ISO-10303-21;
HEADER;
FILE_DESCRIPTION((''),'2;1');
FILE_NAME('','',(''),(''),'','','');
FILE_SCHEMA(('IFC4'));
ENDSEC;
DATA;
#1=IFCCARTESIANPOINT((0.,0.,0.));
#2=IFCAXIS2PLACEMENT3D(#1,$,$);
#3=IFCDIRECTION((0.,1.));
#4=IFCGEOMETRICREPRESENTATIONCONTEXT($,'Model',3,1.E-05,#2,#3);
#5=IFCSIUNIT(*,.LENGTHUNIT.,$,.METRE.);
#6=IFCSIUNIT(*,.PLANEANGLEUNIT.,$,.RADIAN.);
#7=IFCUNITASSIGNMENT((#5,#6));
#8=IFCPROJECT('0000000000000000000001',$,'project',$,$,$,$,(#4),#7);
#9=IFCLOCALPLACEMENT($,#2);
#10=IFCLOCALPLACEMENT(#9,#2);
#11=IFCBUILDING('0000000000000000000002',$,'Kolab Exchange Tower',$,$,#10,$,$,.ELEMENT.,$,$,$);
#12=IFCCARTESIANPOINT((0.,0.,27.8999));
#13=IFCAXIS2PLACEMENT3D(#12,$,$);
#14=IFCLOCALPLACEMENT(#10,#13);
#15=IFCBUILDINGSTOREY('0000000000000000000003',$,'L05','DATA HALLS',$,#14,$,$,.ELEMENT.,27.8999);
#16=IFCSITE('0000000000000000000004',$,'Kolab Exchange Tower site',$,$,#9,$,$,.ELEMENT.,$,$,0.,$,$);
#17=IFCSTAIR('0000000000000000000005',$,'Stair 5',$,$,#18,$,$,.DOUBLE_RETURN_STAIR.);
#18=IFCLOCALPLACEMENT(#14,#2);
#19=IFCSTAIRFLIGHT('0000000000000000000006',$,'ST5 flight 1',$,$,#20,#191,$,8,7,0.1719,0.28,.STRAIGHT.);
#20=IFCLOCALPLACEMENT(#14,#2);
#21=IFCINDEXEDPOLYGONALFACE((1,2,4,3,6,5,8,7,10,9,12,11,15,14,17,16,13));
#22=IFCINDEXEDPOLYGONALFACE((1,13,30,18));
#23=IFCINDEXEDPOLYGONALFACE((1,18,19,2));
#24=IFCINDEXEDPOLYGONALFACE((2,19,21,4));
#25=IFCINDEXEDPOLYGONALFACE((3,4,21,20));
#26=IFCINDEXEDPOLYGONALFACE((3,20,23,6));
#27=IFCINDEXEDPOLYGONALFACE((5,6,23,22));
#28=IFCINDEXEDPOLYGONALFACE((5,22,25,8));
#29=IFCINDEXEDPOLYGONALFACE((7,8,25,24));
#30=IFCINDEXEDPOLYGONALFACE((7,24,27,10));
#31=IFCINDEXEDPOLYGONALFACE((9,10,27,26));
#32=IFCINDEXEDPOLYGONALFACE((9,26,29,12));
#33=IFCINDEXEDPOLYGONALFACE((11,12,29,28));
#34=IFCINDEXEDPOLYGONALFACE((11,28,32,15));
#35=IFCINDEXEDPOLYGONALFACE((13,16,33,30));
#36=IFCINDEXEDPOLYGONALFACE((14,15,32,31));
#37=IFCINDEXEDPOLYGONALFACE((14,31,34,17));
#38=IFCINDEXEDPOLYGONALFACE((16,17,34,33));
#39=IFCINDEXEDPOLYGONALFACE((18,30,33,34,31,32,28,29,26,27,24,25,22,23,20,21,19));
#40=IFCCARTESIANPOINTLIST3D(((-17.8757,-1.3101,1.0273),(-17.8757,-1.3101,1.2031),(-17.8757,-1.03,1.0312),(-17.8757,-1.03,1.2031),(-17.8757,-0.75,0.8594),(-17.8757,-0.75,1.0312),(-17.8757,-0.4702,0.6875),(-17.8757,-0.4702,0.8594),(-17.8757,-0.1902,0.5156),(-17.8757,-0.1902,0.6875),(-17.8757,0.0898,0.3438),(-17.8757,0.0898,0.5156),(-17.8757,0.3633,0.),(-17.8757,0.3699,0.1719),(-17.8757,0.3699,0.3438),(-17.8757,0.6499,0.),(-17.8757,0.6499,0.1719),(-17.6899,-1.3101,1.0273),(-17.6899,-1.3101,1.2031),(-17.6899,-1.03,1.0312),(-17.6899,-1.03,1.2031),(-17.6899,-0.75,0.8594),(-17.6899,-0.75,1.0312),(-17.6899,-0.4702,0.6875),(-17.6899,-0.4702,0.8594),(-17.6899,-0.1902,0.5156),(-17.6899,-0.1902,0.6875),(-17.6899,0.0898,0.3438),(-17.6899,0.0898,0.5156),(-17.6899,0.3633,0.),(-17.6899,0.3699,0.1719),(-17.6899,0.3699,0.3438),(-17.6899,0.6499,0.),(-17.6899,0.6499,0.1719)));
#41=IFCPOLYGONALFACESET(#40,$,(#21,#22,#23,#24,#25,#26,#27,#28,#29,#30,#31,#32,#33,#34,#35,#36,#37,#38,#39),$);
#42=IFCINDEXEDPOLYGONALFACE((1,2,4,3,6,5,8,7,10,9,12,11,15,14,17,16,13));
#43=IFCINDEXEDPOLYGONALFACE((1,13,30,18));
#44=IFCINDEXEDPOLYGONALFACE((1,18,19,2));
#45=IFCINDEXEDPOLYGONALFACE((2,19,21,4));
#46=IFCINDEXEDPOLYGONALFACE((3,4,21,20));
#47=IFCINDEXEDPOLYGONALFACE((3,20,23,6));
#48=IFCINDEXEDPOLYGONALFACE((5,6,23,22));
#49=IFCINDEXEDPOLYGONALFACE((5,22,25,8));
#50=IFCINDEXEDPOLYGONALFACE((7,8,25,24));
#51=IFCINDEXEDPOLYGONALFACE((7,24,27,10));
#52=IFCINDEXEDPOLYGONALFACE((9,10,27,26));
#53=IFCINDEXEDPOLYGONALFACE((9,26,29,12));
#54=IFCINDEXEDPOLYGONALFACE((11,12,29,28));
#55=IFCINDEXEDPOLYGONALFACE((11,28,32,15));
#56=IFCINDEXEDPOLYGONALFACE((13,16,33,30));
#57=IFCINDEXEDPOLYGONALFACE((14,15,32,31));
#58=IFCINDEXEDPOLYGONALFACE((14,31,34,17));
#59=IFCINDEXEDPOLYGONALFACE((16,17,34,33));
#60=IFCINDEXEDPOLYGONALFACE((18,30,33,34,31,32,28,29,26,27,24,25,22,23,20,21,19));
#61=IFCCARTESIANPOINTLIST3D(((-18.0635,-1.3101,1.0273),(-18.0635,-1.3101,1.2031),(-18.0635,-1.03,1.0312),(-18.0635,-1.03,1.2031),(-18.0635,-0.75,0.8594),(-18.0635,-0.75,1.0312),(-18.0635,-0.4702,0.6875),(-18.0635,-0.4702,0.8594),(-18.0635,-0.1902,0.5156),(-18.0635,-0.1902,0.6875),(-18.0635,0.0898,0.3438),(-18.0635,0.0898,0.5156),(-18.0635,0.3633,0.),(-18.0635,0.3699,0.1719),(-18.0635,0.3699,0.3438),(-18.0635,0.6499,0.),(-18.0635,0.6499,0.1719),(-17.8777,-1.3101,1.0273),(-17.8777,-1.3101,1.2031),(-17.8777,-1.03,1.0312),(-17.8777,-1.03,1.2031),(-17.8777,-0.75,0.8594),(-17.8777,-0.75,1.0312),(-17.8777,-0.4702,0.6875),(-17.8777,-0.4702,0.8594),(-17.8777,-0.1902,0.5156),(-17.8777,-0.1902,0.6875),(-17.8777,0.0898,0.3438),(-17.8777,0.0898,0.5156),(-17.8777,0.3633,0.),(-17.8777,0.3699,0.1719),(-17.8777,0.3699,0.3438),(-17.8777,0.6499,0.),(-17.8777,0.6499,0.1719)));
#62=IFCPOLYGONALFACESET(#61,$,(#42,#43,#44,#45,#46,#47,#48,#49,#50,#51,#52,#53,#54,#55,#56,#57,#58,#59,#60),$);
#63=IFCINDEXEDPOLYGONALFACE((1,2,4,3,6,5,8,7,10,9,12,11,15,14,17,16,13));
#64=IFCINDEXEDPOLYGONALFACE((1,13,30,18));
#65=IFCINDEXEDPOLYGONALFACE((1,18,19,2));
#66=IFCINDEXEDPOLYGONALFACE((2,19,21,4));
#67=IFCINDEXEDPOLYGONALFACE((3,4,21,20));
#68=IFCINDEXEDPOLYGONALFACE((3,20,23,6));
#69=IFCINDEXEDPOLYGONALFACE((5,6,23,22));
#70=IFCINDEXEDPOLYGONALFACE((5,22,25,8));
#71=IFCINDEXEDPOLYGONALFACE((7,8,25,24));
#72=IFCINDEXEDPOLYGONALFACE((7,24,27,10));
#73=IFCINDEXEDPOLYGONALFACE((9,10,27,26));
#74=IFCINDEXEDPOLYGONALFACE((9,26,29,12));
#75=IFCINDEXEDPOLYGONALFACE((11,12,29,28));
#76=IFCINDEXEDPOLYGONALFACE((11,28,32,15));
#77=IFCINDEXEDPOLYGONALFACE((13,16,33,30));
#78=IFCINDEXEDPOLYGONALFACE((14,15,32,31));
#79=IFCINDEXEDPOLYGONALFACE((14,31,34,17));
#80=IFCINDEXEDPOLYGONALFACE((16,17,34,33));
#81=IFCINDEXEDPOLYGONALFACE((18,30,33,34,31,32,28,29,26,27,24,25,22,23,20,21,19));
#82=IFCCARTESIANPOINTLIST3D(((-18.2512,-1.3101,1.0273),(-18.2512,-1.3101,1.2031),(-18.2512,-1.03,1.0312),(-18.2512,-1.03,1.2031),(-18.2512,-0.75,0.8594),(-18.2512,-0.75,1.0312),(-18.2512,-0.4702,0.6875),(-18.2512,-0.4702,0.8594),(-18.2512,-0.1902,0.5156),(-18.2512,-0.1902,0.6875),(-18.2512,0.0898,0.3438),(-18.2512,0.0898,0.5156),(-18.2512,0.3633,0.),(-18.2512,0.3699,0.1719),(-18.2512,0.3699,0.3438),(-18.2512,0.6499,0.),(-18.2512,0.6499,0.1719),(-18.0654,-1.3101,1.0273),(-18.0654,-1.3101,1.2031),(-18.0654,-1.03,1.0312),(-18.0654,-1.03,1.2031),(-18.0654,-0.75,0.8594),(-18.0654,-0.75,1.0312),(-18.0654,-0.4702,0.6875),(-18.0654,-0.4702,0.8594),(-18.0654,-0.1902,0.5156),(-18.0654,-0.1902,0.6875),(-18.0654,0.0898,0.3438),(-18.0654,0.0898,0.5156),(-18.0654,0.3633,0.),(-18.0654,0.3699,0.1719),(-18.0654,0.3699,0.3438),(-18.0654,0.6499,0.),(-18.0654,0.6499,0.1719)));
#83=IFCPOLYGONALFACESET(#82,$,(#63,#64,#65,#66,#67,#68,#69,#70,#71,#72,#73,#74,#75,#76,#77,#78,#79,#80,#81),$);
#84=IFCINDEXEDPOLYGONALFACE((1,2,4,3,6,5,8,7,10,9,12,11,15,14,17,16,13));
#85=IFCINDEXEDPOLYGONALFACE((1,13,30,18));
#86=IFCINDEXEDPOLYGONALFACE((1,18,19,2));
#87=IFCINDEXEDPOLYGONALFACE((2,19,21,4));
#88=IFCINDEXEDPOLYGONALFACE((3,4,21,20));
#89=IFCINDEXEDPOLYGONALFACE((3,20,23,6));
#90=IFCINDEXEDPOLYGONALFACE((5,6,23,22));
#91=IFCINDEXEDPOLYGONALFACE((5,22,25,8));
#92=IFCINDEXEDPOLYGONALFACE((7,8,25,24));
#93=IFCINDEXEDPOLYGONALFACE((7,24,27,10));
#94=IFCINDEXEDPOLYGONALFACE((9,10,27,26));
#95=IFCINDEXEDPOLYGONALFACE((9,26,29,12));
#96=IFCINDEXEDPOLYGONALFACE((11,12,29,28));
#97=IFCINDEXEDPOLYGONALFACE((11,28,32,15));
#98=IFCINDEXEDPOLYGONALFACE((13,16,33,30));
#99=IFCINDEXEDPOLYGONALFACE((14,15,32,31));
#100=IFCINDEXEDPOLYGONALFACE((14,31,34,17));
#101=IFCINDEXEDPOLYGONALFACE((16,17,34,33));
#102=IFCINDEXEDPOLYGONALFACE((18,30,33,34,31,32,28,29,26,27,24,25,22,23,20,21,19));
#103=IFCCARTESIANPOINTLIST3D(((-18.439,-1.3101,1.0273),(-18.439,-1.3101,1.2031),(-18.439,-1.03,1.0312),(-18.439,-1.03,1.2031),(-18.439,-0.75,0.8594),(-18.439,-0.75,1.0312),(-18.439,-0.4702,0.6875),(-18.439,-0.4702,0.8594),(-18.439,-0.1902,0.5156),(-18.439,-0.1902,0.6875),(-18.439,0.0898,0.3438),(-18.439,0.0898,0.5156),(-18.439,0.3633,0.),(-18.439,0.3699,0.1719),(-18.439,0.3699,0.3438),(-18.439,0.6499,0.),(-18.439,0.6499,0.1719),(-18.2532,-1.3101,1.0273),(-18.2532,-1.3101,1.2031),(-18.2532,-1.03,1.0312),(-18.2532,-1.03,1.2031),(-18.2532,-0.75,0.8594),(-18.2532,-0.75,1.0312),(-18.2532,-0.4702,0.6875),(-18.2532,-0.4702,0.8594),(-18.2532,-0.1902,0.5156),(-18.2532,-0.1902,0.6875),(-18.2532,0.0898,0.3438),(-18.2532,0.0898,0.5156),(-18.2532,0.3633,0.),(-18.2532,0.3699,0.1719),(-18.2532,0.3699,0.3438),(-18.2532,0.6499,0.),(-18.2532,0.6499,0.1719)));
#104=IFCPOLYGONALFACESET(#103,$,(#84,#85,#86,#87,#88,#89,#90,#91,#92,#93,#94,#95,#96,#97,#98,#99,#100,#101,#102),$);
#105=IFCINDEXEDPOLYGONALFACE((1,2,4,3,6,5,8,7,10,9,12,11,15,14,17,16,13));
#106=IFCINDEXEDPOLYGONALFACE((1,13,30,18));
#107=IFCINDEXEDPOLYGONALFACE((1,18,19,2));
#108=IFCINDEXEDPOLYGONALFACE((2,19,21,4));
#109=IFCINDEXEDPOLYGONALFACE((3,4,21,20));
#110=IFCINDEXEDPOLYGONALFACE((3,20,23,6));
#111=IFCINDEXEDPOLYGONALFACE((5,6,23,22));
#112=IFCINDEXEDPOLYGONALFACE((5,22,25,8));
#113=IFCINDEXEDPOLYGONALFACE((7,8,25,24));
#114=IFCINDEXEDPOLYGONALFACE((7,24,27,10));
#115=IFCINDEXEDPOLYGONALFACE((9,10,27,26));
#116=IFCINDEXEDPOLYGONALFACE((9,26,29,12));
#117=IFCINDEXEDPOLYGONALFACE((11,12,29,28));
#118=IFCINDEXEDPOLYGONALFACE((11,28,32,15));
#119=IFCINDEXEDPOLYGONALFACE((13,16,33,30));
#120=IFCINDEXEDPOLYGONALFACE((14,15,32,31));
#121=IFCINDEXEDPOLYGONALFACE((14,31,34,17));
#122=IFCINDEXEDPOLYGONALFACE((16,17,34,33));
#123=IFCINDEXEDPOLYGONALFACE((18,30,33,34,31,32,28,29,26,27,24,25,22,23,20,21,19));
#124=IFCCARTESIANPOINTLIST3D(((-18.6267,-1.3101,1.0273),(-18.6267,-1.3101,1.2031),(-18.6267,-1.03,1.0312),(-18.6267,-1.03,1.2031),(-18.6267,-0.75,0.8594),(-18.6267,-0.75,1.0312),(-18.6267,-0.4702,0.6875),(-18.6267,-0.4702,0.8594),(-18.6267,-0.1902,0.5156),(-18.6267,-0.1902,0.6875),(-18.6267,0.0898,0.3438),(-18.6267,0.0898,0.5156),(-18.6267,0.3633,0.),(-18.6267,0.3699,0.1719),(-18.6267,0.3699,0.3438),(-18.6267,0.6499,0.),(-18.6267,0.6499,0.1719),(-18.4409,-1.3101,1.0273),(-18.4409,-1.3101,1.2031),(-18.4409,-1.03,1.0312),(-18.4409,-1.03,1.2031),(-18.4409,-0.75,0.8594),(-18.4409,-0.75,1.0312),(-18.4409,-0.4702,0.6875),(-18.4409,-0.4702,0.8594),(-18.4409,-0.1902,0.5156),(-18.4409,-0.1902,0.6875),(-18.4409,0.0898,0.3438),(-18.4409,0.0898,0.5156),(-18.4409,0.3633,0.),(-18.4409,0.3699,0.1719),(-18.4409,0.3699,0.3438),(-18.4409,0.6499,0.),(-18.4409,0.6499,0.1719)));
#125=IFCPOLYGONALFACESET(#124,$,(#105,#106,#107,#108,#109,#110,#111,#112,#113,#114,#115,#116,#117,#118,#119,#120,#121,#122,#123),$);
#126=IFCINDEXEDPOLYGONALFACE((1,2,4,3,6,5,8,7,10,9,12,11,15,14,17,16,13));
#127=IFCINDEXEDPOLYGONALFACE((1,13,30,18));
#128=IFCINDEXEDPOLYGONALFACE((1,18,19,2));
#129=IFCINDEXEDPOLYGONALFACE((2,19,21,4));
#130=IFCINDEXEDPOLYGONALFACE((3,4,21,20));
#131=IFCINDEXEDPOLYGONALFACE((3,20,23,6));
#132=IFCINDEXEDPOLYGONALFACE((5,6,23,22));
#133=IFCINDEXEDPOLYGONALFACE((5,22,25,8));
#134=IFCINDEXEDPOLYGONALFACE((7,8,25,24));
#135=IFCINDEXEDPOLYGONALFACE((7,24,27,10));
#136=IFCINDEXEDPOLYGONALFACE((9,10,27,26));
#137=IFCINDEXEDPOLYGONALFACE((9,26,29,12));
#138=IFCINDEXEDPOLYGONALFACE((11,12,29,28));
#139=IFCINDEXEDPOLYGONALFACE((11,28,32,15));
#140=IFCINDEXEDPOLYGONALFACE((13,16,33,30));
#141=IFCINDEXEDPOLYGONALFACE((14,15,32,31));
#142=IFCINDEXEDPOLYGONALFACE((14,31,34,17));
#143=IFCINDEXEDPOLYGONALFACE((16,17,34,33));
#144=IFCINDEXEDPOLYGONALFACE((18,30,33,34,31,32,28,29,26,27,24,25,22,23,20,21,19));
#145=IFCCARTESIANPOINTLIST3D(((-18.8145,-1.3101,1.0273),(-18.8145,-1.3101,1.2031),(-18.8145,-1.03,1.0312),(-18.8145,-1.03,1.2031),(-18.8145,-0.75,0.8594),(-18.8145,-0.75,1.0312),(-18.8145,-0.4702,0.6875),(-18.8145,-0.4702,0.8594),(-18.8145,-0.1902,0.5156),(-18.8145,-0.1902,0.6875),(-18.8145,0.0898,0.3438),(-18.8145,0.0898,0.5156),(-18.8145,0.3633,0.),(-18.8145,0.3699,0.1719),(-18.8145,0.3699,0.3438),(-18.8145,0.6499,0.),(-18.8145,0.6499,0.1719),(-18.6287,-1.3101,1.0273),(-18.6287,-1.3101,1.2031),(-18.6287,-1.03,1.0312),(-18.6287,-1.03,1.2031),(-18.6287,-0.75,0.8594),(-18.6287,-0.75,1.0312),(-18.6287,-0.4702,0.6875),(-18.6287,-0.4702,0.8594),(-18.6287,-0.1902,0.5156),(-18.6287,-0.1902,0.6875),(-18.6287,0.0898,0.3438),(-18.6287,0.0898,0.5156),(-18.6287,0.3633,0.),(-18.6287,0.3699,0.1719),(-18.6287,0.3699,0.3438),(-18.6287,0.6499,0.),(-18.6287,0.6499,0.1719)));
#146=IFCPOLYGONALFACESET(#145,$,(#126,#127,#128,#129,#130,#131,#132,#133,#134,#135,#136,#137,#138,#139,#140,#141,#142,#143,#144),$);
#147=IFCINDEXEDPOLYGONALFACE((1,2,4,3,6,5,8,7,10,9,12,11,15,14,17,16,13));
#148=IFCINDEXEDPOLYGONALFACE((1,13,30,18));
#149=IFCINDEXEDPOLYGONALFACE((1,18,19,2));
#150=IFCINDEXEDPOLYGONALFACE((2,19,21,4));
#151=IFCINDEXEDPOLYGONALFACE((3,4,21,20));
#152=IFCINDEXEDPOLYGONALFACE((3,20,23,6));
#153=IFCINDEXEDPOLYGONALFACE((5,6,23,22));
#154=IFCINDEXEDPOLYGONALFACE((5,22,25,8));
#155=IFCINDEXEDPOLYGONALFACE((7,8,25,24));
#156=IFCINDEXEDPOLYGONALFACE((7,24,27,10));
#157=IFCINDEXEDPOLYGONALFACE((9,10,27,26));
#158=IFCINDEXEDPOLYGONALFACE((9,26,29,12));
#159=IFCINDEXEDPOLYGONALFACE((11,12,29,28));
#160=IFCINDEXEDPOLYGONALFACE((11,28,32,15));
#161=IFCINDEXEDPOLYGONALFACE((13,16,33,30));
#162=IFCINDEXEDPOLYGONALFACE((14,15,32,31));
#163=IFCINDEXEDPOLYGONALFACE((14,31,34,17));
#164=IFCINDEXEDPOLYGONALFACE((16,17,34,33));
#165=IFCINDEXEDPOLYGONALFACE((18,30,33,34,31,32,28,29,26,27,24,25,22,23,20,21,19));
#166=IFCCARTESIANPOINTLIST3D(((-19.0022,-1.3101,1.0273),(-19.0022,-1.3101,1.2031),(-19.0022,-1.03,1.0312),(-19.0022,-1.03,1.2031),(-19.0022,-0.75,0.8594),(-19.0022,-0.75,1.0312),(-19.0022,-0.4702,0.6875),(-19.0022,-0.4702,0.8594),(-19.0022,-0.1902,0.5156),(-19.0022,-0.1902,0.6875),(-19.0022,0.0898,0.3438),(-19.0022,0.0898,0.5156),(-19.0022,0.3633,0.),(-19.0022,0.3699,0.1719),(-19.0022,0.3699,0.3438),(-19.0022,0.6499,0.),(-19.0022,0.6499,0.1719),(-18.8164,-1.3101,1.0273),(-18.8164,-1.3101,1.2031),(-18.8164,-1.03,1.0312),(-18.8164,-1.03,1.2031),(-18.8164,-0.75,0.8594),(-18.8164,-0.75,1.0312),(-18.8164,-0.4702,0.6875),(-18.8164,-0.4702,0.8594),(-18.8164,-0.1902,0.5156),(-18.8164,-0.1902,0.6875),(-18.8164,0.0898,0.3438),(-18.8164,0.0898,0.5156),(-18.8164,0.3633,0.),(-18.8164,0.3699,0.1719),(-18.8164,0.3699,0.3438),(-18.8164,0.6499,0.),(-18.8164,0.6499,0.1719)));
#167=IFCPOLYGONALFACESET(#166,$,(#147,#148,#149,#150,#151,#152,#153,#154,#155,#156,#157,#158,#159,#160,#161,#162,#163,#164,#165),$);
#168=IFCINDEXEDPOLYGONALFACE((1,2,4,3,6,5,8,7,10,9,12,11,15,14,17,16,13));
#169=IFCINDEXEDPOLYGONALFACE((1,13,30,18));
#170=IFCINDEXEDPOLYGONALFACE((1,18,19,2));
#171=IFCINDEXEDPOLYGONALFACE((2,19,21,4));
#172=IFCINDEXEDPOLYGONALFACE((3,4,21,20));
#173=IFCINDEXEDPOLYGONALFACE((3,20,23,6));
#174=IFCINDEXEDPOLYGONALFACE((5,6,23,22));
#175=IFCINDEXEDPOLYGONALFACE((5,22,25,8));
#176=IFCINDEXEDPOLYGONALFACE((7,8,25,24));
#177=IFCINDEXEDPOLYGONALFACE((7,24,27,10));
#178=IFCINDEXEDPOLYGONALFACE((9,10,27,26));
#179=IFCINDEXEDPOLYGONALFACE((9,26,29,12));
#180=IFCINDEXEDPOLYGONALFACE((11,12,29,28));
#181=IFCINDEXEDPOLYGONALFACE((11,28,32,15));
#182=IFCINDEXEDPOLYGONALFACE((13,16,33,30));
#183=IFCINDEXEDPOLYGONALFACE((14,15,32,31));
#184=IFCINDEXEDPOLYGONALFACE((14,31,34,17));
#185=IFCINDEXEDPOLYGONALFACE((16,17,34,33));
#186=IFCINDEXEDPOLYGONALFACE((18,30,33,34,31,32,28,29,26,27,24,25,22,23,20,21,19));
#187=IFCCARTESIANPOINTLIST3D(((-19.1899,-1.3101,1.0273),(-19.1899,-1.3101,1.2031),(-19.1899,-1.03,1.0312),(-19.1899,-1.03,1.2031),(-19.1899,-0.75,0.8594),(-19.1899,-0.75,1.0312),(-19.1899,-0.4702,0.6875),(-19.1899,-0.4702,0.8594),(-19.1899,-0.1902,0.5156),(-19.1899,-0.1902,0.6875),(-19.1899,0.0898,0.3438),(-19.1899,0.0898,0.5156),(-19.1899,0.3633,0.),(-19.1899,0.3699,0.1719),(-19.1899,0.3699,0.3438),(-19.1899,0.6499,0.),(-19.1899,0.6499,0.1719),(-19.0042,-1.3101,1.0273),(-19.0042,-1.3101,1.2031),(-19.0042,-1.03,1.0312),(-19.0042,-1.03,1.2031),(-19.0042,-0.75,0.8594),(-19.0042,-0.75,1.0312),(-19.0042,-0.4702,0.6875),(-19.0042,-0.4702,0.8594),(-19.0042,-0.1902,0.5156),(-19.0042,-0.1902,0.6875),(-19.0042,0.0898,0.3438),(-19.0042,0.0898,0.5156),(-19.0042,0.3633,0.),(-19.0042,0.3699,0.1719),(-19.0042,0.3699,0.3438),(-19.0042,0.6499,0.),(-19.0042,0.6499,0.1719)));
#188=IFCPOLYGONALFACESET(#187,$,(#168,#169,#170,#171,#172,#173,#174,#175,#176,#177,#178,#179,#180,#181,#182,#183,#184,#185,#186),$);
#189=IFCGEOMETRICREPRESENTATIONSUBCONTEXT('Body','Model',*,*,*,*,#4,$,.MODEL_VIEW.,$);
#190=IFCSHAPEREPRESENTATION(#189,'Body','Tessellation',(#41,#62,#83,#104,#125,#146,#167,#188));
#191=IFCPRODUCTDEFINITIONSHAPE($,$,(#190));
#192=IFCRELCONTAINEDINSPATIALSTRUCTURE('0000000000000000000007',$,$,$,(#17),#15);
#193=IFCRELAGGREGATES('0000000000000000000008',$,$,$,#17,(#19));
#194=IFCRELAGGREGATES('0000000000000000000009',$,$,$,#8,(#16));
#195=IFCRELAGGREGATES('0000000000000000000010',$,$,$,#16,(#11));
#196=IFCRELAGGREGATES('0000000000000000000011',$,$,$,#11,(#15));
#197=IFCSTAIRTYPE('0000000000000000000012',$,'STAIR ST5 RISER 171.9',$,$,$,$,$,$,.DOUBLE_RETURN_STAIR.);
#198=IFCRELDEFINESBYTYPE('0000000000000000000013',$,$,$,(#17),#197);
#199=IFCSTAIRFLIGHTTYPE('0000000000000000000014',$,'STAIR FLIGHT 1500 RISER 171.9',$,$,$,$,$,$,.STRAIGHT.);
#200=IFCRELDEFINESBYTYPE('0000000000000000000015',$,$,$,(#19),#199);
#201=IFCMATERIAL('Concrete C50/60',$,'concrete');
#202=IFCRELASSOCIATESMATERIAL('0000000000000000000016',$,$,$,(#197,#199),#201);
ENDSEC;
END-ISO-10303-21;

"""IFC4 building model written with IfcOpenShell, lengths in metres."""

from ifc_helpers import new_model, si_unit, direction, frame, origin, place, context, subcontext, project, spatial, polyline, outline, extrude, material, type_object, element, aggregate, save


model = new_model("IFC4")

# Units and contexts
model_context = context("Model", 3, precision=1e-05, world=origin(), true_north=direction((0.0, 1.0)))
body_context = subcontext(model_context, "Body", "Model", "MODEL_VIEW")
ifc_project = project(units=[si_unit("LENGTHUNIT", "METRE"), si_unit("PLANEANGLEUNIT", "RADIAN")], contexts=[model_context])

# Site, building, storey
site_placement = place(None, origin())
site = spatial("IfcSite", under=ifc_project, at=site_placement, Name="Kolab Exchange Tower site", CompositionType="ELEMENT", RefElevation=0.0)
building_placement = place(site_placement, origin())
building = spatial("IfcBuilding", under=site, at=building_placement, Name="Kolab Exchange Tower", CompositionType="ELEMENT")
storey_placement = place(building_placement, frame((0.0, 0.0, 27.8999)))
storey = spatial("IfcBuildingStorey", under=building, at=storey_placement, Name="L05", Description="DATA HALLS", CompositionType="ELEMENT", Elevation=27.8999)

# Shared definitions
ifc_material_1 = material(Name="Concrete C50/60", Category="concrete")

# Stair, stair flight
stair_type = type_object("IfcStairType", Name="STAIR ST5 RISER 171.9", PredefinedType="DOUBLE_RETURN_STAIR", material=ifc_material_1)
stair_placement = place(storey_placement, origin())
stair = element("IfcStair", 1, at=stair_placement, inside=storey, type_object=stair_type, Name="Stair 5", PredefinedType="DOUBLE_RETURN_STAIR")
stair_flight_type = type_object("IfcStairFlightType", Name="STAIR FLIGHT 1500 RISER 171.9", PredefinedType="STRAIGHT", material=ifc_material_1)
stair_flight_1_placement = place(storey_placement, frame((-18.4399, 0.6499, 0.0), z_axis=(0.0, 0.0, 1.0), x_axis=(0.0, -1.0, 0.0)))
stair_flight_1 = element("IfcStairFlight", 2, at=stair_flight_1_placement, type_object=stair_flight_type, Name="ST5 flight 1", NumberOfRisers=8, NumberOfTreads=7, PredefinedType="STRAIGHT", RiserHeight=0.1719, TreadLength=0.28, context=body_context, shape_type="SweptSolid", body=[
    extrude(outline(polyline([(0.0, 0.0), (0.0, 0.1719), (0.28, 0.1719), (0.28, 0.3438), (0.5601, 0.3438), (0.5601, 0.5156), (0.8401, 0.5156), (0.8401, 0.6875), (1.1201, 0.6875), (1.1201, 0.8594), (1.3999, 0.8594), (1.3999, 1.0312), (1.6799, 1.0312), (1.6799, 1.2031), (1.96, 1.2031), (1.96, 1.375), (1.96, 1.0273), (0.2866, 0.0), (0.0, 0.0)])), frame((0.0, 0.75, 0.0), z_axis=(0.0, -1.0, 0.0), x_axis=(1.0, 0.0, 0.0)), (0.0, 0.0, 1.0), 0.1858),
    extrude(outline(polyline([(0.0, 0.0), (0.0, 0.1719), (0.28, 0.1719), (0.28, 0.3438), (0.5601, 0.3438), (0.5601, 0.5156), (0.8401, 0.5156), (0.8401, 0.6875), (1.1201, 0.6875), (1.1201, 0.8594), (1.3999, 0.8594), (1.3999, 1.0312), (1.6799, 1.0312), (1.6799, 1.2031), (1.96, 1.2031), (1.96, 1.375), (1.96, 1.0273), (0.2866, 0.0), (0.0, 0.0)])), frame((0.0, 0.5623, 0.0), z_axis=(0.0, -1.0, 0.0), x_axis=(1.0, 0.0, 0.0)), (0.0, 0.0, 1.0), 0.1858),
    extrude(outline(polyline([(0.0, 0.0), (0.0, 0.1719), (0.28, 0.1719), (0.28, 0.3438), (0.5601, 0.3438), (0.5601, 0.5156), (0.8401, 0.5156), (0.8401, 0.6875), (1.1201, 0.6875), (1.1201, 0.8594), (1.3999, 0.8594), (1.3999, 1.0312), (1.6799, 1.0312), (1.6799, 1.2031), (1.96, 1.2031), (1.96, 1.375), (1.96, 1.0273), (0.2866, 0.0), (0.0, 0.0)])), frame((0.0, 0.3745, 0.0), z_axis=(0.0, -1.0, 0.0), x_axis=(1.0, 0.0, 0.0)), (0.0, 0.0, 1.0), 0.1858),
    extrude(outline(polyline([(0.0, 0.0), (0.0, 0.1719), (0.28, 0.1719), (0.28, 0.3438), (0.5601, 0.3438), (0.5601, 0.5156), (0.8401, 0.5156), (0.8401, 0.6875), (1.1201, 0.6875), (1.1201, 0.8594), (1.3999, 0.8594), (1.3999, 1.0312), (1.6799, 1.0312), (1.6799, 1.2031), (1.96, 1.2031), (1.96, 1.375), (1.96, 1.0273), (0.2866, 0.0), (0.0, 0.0)])), frame((0.0, 0.1868, 0.0), z_axis=(0.0, -1.0, 0.0), x_axis=(1.0, 0.0, 0.0)), (0.0, 0.0, 1.0), 0.1858),
    extrude(outline(polyline([(0.0, 0.0), (0.0, 0.1719), (0.28, 0.1719), (0.28, 0.3438), (0.5601, 0.3438), (0.5601, 0.5156), (0.8401, 0.5156), (0.8401, 0.6875), (1.1201, 0.6875), (1.1201, 0.8594), (1.3999, 0.8594), (1.3999, 1.0312), (1.6799, 1.0312), (1.6799, 1.2031), (1.96, 1.2031), (1.96, 1.375), (1.96, 1.0273), (0.2866, 0.0), (0.0, 0.0)])), frame((0.0, -0.001, 0.0), z_axis=(0.0, -1.0, 0.0), x_axis=(1.0, 0.0, 0.0)), (0.0, 0.0, 1.0), 0.1858),
    extrude(outline(polyline([(0.0, 0.0), (0.0, 0.1719), (0.28, 0.1719), (0.28, 0.3438), (0.5601, 0.3438), (0.5601, 0.5156), (0.8401, 0.5156), (0.8401, 0.6875), (1.1201, 0.6875), (1.1201, 0.8594), (1.3999, 0.8594), (1.3999, 1.0312), (1.6799, 1.0312), (1.6799, 1.2031), (1.96, 1.2031), (1.96, 1.375), (1.96, 1.0273), (0.2866, 0.0), (0.0, 0.0)])), frame((0.0, -0.1887, 0.0), z_axis=(0.0, -1.0, 0.0), x_axis=(1.0, 0.0, 0.0)), (0.0, 0.0, 1.0), 0.1858),
    extrude(outline(polyline([(0.0, 0.0), (0.0, 0.1719), (0.28, 0.1719), (0.28, 0.3438), (0.5601, 0.3438), (0.5601, 0.5156), (0.8401, 0.5156), (0.8401, 0.6875), (1.1201, 0.6875), (1.1201, 0.8594), (1.3999, 0.8594), (1.3999, 1.0312), (1.6799, 1.0312), (1.6799, 1.2031), (1.96, 1.2031), (1.96, 1.375), (1.96, 1.0273), (0.2866, 0.0), (0.0, 0.0)])), frame((0.0, -0.3765, 0.0), z_axis=(0.0, -1.0, 0.0), x_axis=(1.0, 0.0, 0.0)), (0.0, 0.0, 1.0), 0.1858),
    extrude(outline(polyline([(0.0, 0.0), (0.0, 0.1719), (0.28, 0.1719), (0.28, 0.3438), (0.5601, 0.3438), (0.5601, 0.5156), (0.8401, 0.5156), (0.8401, 0.6875), (1.1201, 0.6875), (1.1201, 0.8594), (1.3999, 0.8594), (1.3999, 1.0312), (1.6799, 1.0312), (1.6799, 1.2031), (1.96, 1.2031), (1.96, 1.375), (1.96, 1.0273), (0.2866, 0.0), (0.0, 0.0)])), frame((0.0, -0.5642, 0.0), z_axis=(0.0, -1.0, 0.0), x_axis=(1.0, 0.0, 0.0)), (0.0, 0.0, 1.0), 0.1858),
])
aggregate(stair, [stair_flight_1])

save(model, "model.ifc")
